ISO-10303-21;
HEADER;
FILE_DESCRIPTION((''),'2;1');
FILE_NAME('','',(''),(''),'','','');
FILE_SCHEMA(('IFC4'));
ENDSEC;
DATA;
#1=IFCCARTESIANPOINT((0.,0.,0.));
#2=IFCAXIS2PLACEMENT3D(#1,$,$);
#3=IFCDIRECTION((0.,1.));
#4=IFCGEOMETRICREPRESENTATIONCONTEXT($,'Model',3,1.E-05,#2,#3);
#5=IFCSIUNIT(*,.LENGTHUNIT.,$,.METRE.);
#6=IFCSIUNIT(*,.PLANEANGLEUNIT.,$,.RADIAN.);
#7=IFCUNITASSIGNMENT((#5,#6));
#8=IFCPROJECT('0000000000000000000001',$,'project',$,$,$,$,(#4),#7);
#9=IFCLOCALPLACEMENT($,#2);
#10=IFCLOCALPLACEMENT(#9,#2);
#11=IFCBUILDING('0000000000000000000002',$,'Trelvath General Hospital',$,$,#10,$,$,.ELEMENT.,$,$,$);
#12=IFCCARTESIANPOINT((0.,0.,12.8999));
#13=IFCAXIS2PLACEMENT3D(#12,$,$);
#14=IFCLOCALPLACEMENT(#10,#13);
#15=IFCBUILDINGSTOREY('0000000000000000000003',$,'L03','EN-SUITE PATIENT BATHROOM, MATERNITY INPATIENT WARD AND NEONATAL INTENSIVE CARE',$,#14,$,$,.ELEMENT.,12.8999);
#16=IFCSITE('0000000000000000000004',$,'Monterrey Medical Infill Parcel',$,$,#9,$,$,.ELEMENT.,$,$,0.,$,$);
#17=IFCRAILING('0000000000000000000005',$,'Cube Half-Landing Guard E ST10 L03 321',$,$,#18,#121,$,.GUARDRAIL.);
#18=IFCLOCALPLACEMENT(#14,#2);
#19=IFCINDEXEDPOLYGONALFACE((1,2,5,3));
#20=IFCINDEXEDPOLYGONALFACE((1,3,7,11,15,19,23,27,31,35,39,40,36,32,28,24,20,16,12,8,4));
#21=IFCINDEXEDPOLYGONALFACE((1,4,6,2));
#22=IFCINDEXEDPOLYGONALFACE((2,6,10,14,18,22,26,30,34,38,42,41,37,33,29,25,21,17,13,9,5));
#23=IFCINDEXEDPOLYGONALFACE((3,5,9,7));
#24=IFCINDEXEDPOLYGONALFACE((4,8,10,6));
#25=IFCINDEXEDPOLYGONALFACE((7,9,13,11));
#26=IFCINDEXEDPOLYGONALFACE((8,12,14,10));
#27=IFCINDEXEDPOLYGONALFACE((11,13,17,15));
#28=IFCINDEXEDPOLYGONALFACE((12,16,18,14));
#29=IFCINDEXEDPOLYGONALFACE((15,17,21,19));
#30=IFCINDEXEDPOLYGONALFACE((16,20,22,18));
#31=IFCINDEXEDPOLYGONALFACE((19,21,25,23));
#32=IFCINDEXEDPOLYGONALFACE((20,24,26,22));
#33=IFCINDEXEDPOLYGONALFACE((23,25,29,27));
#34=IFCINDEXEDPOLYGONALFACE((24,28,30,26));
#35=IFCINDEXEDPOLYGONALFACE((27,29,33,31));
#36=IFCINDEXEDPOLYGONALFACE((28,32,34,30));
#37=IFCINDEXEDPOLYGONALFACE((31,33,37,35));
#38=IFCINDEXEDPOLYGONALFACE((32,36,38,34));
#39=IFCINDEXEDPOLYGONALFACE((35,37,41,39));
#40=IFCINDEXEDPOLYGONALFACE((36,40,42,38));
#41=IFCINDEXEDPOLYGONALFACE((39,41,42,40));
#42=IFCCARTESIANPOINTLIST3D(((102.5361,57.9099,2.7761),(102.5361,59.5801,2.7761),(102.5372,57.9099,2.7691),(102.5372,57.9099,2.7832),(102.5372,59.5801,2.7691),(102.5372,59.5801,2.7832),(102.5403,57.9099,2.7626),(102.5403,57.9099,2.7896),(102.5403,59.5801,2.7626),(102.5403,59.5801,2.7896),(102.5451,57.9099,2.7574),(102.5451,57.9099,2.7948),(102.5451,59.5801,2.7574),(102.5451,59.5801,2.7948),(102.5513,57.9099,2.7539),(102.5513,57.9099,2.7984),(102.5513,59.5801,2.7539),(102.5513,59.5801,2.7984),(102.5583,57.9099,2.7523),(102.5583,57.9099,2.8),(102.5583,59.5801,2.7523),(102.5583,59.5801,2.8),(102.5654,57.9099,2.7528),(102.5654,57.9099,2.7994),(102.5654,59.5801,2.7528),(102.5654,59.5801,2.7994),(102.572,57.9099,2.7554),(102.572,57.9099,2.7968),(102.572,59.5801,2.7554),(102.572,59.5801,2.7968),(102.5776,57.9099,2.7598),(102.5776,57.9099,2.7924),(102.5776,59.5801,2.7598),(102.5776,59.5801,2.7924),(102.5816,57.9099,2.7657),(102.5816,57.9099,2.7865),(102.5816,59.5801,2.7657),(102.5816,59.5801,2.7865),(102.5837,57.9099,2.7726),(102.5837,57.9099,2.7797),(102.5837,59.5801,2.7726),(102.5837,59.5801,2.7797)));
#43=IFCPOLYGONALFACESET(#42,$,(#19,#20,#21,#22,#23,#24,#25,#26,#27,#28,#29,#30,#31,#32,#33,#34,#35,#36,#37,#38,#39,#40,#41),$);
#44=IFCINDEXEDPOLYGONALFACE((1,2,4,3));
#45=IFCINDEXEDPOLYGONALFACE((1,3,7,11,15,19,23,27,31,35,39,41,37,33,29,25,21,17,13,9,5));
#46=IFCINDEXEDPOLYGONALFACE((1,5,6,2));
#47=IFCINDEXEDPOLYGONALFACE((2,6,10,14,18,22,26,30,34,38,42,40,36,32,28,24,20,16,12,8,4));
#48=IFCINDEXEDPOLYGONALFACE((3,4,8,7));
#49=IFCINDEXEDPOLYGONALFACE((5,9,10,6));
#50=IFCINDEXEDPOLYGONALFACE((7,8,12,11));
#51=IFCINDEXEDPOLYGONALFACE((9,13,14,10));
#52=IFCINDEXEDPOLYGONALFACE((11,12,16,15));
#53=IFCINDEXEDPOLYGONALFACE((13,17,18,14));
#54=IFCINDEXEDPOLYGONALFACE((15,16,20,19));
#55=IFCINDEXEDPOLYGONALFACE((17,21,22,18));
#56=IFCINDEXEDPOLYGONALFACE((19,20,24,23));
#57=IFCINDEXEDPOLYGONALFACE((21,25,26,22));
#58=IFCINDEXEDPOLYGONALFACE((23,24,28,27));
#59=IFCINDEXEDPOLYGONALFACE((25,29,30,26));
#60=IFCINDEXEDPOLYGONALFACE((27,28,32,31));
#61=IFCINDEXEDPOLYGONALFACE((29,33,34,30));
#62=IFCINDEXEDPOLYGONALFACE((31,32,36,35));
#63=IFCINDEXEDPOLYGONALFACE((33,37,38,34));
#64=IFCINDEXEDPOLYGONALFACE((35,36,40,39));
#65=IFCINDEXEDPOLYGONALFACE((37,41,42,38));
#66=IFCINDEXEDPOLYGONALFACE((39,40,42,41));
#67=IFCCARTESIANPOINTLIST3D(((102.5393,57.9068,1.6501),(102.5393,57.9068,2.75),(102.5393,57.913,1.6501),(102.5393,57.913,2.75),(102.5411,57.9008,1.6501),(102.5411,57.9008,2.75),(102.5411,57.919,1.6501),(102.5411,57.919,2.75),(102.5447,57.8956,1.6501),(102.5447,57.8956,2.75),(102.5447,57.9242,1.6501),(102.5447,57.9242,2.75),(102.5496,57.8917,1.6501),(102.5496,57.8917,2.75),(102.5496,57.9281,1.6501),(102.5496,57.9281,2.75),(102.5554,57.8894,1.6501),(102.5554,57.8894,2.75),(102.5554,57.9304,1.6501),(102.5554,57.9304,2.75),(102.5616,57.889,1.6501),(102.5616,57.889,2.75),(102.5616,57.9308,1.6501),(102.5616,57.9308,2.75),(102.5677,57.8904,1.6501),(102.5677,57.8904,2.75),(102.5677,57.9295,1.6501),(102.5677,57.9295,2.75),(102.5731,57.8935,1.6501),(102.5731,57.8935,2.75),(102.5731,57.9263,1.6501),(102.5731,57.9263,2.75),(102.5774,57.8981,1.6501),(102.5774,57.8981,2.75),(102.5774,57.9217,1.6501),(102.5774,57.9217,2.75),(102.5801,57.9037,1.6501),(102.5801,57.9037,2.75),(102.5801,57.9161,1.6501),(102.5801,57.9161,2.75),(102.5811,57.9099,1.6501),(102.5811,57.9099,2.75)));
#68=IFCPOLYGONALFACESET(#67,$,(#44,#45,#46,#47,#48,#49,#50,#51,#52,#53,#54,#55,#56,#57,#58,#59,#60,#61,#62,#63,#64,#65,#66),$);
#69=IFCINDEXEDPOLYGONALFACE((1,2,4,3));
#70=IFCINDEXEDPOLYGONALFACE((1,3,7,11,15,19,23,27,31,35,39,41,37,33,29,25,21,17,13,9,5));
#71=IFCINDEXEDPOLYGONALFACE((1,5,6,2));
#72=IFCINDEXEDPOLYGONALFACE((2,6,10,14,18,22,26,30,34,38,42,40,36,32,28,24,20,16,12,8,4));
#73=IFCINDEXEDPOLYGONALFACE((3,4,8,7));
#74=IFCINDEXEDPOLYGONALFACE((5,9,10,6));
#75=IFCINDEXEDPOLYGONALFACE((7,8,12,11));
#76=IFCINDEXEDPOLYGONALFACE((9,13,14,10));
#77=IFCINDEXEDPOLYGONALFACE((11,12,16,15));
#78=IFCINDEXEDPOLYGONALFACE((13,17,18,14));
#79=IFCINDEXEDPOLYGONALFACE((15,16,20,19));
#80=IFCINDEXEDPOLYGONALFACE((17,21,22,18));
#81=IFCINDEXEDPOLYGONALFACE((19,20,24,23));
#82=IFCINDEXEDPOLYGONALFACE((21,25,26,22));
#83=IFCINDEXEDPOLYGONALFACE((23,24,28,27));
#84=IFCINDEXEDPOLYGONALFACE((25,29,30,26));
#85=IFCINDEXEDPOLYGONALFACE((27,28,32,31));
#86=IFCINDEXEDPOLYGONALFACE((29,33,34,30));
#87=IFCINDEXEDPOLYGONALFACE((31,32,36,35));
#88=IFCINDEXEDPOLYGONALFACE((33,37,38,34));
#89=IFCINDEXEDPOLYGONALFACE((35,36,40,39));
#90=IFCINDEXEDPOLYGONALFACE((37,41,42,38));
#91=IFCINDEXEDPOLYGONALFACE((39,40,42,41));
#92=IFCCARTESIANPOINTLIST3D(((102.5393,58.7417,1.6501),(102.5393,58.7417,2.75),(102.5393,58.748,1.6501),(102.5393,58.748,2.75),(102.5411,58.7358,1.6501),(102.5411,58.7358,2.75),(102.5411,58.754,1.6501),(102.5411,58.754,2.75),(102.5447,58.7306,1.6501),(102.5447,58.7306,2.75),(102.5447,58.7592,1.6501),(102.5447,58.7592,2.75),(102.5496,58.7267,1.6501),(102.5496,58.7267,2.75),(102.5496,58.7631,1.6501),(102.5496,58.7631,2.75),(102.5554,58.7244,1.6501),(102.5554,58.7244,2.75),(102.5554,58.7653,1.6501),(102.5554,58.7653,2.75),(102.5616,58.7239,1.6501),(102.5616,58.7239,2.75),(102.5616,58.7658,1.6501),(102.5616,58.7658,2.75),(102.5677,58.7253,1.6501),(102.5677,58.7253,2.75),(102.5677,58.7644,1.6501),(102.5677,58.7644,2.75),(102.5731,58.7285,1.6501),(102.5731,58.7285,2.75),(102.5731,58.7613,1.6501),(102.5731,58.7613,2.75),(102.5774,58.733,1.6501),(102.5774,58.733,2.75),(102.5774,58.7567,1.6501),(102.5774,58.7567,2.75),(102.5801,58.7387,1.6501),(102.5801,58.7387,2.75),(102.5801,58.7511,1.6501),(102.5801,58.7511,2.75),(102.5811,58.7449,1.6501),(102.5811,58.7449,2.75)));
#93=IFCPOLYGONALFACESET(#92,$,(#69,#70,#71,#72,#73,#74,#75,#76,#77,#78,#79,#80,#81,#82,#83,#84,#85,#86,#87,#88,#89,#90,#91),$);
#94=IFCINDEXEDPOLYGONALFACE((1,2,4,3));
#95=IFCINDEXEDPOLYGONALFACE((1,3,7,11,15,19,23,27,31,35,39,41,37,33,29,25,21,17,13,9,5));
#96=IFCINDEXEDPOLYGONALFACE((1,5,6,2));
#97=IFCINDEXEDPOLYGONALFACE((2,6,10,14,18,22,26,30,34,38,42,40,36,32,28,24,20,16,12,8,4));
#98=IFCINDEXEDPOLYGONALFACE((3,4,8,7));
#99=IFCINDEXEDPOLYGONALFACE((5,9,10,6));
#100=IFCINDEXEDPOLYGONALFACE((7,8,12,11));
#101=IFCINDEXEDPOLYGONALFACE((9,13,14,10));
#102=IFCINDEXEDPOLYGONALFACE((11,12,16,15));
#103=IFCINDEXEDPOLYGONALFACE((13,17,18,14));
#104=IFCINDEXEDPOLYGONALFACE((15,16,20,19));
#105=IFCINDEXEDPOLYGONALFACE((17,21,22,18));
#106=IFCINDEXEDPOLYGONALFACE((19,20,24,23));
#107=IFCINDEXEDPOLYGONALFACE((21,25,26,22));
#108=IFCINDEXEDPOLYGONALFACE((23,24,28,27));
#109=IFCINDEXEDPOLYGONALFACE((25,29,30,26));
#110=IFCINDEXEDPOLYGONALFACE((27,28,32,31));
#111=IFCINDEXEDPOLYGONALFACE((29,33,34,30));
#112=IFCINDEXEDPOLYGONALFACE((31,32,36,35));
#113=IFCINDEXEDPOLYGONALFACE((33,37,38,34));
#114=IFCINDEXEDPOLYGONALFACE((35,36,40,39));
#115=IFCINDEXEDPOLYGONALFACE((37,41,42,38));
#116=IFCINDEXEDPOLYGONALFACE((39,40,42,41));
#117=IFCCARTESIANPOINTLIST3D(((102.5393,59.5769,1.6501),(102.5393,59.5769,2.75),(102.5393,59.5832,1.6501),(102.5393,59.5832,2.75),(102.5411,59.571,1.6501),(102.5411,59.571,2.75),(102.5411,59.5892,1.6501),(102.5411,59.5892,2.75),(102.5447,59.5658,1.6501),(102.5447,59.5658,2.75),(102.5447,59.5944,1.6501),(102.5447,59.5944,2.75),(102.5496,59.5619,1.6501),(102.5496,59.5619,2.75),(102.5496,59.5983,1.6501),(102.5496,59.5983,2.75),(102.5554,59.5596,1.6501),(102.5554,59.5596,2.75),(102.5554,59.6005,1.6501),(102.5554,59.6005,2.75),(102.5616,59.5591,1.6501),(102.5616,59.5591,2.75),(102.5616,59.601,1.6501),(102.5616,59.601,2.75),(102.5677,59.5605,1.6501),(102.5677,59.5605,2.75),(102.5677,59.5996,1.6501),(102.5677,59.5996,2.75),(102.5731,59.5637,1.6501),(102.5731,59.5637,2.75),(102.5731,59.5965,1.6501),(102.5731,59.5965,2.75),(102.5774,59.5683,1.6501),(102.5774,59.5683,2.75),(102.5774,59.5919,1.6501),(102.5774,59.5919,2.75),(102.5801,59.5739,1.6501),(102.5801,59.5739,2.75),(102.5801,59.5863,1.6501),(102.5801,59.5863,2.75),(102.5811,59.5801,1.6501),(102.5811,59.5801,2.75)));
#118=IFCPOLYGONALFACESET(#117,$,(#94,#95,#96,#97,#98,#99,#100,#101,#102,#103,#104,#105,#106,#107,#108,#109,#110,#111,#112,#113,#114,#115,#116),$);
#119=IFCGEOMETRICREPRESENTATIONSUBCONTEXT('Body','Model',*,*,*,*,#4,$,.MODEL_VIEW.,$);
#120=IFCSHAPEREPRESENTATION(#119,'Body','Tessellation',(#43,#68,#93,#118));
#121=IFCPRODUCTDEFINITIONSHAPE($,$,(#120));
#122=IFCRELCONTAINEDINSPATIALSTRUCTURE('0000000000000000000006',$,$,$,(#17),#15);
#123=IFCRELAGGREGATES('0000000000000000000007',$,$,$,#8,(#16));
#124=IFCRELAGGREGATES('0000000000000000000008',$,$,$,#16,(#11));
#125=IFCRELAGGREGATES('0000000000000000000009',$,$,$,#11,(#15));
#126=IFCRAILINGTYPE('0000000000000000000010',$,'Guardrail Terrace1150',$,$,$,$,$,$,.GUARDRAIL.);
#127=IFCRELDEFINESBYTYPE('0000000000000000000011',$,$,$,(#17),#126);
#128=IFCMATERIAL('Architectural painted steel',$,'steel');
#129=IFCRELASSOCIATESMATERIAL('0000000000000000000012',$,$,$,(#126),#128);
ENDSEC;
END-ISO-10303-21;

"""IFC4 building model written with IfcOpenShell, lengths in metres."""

from ifc_helpers import new_model, si_unit, direction, frame, origin, origin_2d, place, context, subcontext, project, spatial, circle, extrude, material, type_object, element, save


model = new_model("IFC4")

# Units and contexts
model_context = context("Model", 3, precision=1e-05, world=origin(), true_north=direction((0.0, 1.0)))
body_context = subcontext(model_context, "Body", "Model", "MODEL_VIEW")
ifc_project = project(units=[si_unit("LENGTHUNIT", "METRE"), si_unit("PLANEANGLEUNIT", "RADIAN")], contexts=[model_context])

# Site, building, storey
site_placement = place(None, origin())
site = spatial("IfcSite", under=ifc_project, at=site_placement, Name="Monterrey Medical Infill Parcel", CompositionType="ELEMENT", RefElevation=0.0)
building_placement = place(site_placement, origin())
building = spatial("IfcBuilding", under=site, at=building_placement, Name="Trelvath General Hospital", CompositionType="ELEMENT")
storey_placement = place(building_placement, frame((0.0, 0.0, 12.8999)))
storey = spatial("IfcBuildingStorey", under=building, at=storey_placement, Name="L03", Description="EN-SUITE PATIENT BATHROOM, MATERNITY INPATIENT WARD AND NEONATAL INTENSIVE CARE", CompositionType="ELEMENT", Elevation=12.8999)

# Railing
ifc_material_1 = material(Name="Architectural painted steel", Category="steel")
railing_type = type_object("IfcRailingType", Name="Guardrail Terrace1150", PredefinedType="GUARDRAIL", material=ifc_material_1)
railing_placement = place(storey_placement, frame((102.5601, 57.9099, 1.6501)))
element("IfcRailing", 1, at=railing_placement, inside=storey, type_object=railing_type, Name="Cube Half-Landing Guard E ST10 L03 321", PredefinedType="GUARDRAIL", context=body_context, shape_type="SweptSolid", body=[
    extrude(circle(Radius=0.0239, at=origin_2d()), frame((0.0, 0.0, 1.126), z_axis=(0.0, 1.0, 0.0), x_axis=(-1.0, 0.0, 0.0)), (0.0, 0.0, 1.0), 1.6702),
    extrude(circle(Radius=0.021, at=origin_2d()), origin(), (0.0, 0.0, 1.0), 1.0999),
    extrude(circle(Radius=0.021, at=origin_2d()), frame((0.0, 0.835, 0.0)), (0.0, 0.0, 1.0), 1.0999),
    extrude(circle(Radius=0.021, at=origin_2d()), frame((0.0, 1.6702, 0.0)), (0.0, 0.0, 1.0), 1.0999),
])

save(model, "model.ifc")
